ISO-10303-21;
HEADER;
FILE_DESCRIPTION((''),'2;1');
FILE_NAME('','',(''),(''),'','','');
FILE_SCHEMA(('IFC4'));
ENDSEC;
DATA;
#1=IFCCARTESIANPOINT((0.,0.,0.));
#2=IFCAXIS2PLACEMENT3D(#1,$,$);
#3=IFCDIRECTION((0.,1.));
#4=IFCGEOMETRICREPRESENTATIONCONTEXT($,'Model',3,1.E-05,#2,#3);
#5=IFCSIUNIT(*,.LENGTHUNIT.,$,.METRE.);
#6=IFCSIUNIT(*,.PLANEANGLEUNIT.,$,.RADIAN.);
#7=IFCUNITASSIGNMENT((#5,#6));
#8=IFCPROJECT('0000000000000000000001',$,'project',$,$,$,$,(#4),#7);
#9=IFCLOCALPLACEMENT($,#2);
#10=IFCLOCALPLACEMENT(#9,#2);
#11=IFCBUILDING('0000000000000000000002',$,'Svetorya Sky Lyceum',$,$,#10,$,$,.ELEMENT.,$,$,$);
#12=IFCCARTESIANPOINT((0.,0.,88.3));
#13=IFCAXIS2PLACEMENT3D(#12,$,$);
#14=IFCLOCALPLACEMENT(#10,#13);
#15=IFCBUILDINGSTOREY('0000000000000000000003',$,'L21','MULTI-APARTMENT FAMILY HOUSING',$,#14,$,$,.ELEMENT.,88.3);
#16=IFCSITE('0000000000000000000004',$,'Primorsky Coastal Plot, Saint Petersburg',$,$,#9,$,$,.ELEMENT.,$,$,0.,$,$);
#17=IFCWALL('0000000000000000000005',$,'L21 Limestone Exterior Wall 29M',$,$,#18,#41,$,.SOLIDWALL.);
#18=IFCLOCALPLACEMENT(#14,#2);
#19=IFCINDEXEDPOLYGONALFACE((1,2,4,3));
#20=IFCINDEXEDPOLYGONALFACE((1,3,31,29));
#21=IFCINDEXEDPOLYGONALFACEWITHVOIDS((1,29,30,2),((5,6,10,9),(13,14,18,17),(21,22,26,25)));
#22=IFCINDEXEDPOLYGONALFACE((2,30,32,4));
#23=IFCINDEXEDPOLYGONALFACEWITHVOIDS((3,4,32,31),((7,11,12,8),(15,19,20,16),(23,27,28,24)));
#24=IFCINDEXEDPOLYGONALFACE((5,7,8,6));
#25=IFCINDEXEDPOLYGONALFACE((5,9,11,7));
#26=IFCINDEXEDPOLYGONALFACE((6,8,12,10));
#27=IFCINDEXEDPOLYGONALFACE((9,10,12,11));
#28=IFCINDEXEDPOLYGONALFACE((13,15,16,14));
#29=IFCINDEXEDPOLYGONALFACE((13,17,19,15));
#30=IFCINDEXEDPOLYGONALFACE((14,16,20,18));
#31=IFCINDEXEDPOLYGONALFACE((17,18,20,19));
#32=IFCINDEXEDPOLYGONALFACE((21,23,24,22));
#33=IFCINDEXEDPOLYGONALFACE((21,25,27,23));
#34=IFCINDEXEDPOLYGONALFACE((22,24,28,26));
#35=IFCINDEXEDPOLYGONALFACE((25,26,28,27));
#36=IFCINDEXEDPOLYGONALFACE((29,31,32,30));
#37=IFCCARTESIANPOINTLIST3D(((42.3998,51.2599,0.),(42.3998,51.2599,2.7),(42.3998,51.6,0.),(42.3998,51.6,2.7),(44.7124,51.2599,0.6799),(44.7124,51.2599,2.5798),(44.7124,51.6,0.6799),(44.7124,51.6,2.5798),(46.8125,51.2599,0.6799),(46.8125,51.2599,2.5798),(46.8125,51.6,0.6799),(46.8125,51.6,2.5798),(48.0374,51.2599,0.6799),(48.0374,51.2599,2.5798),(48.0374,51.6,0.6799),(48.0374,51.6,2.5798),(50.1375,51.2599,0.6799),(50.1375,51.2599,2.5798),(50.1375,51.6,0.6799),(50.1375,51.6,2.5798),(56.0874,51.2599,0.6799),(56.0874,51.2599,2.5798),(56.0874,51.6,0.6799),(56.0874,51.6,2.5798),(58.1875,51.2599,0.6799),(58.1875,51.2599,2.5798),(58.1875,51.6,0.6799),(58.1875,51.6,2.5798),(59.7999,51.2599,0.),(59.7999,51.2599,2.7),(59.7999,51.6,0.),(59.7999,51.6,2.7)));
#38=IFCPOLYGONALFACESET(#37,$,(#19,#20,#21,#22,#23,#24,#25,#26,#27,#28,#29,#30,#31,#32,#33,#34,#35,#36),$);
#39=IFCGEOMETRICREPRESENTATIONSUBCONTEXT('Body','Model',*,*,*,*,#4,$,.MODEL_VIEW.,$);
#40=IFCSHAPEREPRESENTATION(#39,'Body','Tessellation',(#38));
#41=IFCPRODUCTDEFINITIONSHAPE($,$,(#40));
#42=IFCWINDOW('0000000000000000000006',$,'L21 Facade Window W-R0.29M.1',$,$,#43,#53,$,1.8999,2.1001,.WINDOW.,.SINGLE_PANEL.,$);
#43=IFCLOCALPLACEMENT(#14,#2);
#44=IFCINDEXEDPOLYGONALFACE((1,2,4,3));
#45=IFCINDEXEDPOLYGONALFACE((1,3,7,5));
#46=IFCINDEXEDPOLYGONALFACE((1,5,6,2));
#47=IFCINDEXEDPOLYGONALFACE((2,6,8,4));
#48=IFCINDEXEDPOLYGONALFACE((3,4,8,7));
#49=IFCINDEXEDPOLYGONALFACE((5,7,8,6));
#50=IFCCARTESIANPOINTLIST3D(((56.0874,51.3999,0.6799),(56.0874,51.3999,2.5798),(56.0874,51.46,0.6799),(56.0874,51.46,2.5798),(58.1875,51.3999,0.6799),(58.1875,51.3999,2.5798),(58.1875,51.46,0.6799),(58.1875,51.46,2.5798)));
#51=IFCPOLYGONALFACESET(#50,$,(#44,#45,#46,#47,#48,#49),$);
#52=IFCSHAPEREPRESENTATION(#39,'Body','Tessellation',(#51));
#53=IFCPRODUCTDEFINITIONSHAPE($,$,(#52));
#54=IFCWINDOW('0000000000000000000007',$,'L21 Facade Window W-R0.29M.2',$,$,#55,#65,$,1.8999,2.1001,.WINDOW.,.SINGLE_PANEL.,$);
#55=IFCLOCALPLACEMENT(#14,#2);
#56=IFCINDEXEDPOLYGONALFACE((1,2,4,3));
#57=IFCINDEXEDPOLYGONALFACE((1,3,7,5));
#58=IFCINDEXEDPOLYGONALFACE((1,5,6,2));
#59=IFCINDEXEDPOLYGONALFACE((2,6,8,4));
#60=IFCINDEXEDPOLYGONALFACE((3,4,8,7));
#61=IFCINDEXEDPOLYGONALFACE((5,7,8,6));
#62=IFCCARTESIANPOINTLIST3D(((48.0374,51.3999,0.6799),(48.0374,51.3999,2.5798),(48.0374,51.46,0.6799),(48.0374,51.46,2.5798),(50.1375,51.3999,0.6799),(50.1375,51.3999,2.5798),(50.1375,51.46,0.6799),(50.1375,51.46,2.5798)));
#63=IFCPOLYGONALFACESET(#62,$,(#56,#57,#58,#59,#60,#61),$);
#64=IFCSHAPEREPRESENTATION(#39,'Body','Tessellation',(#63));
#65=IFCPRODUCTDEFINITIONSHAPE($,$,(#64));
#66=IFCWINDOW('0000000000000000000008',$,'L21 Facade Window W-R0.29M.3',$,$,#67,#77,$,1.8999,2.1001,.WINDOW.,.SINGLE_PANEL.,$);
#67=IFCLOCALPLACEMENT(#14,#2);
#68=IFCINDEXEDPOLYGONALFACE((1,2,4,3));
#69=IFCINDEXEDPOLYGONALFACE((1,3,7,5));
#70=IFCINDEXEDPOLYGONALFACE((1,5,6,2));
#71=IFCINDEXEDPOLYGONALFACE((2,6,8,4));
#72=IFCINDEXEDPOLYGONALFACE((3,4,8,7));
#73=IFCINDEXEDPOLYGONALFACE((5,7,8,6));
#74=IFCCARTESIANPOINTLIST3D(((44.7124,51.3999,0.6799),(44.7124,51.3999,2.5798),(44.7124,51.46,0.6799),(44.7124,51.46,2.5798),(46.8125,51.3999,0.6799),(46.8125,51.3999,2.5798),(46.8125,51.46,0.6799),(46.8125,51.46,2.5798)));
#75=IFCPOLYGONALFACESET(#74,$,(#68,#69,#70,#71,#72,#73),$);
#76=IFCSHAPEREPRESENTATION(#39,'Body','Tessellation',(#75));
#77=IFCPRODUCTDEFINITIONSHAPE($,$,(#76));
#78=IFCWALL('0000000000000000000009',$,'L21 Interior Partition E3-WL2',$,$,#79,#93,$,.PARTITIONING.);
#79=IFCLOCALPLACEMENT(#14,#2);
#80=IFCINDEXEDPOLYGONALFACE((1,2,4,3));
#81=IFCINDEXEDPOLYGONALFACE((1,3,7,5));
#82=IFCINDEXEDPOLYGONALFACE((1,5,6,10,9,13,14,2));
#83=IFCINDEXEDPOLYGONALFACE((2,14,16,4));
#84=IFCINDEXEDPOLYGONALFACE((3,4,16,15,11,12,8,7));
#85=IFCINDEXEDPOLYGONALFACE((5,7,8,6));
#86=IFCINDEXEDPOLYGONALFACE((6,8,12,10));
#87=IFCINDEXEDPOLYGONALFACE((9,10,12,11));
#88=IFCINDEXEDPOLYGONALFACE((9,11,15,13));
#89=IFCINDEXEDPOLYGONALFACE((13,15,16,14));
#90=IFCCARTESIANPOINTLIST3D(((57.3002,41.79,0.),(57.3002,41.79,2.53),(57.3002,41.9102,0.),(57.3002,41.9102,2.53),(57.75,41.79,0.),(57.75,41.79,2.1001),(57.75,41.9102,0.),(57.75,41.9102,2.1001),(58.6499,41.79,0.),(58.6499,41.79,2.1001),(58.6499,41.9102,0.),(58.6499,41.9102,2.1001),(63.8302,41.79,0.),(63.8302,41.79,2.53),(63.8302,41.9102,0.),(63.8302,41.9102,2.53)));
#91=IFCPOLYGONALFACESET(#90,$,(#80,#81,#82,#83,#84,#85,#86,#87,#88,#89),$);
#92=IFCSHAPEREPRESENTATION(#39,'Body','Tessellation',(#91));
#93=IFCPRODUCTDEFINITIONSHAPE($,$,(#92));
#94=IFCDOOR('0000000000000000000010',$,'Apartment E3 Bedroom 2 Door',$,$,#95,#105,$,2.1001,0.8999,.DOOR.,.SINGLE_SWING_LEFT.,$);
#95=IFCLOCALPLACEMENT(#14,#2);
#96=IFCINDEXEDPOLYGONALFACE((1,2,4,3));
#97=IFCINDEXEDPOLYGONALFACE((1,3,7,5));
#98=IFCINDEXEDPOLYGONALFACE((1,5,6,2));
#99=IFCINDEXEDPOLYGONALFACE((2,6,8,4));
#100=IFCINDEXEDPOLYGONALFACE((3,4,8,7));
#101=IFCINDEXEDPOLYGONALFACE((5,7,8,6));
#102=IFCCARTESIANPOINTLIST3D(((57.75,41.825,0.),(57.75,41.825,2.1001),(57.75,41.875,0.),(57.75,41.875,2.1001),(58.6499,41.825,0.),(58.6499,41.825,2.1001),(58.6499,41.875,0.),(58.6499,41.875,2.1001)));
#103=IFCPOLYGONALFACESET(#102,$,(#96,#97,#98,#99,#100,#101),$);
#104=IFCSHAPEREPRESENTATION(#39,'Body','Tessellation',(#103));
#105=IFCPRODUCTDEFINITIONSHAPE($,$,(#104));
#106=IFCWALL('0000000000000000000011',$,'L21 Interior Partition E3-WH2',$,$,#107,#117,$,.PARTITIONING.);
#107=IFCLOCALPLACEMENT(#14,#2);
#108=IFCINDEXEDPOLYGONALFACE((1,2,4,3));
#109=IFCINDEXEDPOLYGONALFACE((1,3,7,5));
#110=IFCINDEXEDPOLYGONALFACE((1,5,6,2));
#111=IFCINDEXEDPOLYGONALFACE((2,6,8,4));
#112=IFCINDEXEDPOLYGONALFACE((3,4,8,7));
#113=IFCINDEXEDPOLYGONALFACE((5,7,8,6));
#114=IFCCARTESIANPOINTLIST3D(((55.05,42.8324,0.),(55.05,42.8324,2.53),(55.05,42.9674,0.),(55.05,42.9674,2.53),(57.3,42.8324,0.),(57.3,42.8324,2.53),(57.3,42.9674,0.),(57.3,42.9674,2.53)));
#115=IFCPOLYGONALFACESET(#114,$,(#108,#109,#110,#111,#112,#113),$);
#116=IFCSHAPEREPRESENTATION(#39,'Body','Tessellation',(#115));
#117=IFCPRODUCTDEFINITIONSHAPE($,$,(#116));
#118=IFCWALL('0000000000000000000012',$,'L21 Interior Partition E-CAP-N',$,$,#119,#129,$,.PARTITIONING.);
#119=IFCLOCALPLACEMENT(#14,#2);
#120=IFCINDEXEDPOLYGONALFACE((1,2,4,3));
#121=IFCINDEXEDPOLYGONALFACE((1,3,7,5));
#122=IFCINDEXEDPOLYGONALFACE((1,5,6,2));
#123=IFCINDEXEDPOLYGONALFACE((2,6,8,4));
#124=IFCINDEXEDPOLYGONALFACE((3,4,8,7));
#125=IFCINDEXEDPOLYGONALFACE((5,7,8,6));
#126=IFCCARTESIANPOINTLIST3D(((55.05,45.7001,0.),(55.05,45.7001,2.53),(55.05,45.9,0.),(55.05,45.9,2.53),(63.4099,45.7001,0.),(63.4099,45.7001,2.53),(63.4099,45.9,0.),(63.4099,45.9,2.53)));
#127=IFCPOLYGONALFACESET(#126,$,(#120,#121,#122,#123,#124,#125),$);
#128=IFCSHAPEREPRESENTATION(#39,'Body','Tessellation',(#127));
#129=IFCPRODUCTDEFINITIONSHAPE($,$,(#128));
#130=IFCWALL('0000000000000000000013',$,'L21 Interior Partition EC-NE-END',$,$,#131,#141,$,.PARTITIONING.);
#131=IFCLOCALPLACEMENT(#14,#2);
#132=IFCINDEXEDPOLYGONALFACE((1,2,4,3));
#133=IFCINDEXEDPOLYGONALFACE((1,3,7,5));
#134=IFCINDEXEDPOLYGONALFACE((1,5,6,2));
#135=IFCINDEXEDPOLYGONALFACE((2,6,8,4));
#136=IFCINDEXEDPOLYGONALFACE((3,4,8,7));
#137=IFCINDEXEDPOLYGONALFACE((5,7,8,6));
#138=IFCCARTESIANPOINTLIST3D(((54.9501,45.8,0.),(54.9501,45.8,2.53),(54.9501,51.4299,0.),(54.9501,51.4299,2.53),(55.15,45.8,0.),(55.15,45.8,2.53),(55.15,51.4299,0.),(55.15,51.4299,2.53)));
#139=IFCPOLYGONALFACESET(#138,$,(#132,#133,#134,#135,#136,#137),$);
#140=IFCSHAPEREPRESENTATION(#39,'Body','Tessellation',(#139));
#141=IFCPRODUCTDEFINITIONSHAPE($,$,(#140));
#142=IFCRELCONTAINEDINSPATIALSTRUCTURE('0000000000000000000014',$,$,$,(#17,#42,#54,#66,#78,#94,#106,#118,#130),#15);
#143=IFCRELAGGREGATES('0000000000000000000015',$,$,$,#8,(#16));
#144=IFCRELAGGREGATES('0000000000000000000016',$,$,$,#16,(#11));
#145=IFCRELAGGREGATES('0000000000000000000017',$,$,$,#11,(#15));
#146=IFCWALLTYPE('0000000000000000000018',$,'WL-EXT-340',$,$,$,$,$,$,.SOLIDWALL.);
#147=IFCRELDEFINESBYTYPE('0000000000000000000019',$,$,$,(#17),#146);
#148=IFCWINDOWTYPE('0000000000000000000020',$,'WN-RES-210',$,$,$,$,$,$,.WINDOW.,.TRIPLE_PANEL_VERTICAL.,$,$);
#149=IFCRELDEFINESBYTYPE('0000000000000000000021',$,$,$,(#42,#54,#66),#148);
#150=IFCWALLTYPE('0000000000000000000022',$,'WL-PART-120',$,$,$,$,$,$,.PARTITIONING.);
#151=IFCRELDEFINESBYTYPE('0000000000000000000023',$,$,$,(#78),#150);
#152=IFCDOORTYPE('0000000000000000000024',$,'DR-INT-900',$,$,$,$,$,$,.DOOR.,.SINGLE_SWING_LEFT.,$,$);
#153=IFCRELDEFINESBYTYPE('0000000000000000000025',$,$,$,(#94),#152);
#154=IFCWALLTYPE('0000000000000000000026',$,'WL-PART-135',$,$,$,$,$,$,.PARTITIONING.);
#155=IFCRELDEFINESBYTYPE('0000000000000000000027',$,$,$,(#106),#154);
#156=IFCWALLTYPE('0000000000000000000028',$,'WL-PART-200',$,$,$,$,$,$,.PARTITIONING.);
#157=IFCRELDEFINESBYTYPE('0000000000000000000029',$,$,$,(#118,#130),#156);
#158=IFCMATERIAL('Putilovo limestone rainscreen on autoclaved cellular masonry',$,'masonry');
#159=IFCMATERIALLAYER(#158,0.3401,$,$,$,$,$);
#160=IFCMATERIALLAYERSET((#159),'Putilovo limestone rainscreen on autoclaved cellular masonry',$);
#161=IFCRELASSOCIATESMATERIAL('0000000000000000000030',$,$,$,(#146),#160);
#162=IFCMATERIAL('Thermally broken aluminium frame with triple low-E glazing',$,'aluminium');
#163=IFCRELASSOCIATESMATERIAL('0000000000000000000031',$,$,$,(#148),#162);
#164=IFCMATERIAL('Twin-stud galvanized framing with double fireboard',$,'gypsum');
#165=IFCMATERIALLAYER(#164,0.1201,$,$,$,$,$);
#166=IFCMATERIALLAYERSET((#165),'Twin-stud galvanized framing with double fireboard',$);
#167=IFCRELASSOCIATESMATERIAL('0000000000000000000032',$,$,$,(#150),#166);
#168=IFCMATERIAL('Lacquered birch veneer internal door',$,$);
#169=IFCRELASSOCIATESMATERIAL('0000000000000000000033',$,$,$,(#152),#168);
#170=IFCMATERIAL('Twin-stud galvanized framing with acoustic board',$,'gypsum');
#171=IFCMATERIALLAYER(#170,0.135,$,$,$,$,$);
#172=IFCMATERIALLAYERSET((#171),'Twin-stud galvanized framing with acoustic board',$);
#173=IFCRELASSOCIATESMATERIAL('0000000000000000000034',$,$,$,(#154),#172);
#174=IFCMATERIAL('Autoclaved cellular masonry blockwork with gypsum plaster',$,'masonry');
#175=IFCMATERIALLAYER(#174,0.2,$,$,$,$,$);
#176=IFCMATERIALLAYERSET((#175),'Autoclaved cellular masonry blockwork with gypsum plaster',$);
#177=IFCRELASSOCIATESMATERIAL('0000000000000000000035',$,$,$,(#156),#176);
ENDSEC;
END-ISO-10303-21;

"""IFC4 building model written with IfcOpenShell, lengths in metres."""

from ifc_helpers import new_model, si_unit, direction, frame, frame_2d, origin, place, context, subcontext, project, spatial, rectangle, extrude, material, layer, layer_set, type_object, element, fill, save


model = new_model("IFC4")

# Units and contexts
model_context = context("Model", 3, precision=1e-05, world=origin(), true_north=direction((0.0, 1.0)))
body_context = subcontext(model_context, "Body", "Model", "MODEL_VIEW")
ifc_project = project(units=[si_unit("LENGTHUNIT", "METRE"), si_unit("PLANEANGLEUNIT", "RADIAN")], contexts=[model_context])

# Site, building, storey
site_placement = place(None, origin())
site = spatial("IfcSite", under=ifc_project, at=site_placement, Name="Primorsky Coastal Plot, Saint Petersburg", CompositionType="ELEMENT", RefElevation=0.0)
building_placement = place(site_placement, origin())
building = spatial("IfcBuilding", under=site, at=building_placement, Name="Svetorya Sky Lyceum", CompositionType="ELEMENT")
storey_placement = place(building_placement, frame((0.0, 0.0, 88.3)))
storey = spatial("IfcBuildingStorey", under=building, at=storey_placement, Name="L21", Description="MULTI-APARTMENT FAMILY HOUSING", CompositionType="ELEMENT", Elevation=88.3)

# Shared definitions
ifc_material_1 = material(Name="Putilovo limestone rainscreen on autoclaved cellular masonry", Category="masonry")
ifc_layer_1 = layer(ifc_material_1, 0.3401)
ifc_layer_set_1 = layer_set([ifc_layer_1], Name="Putilovo limestone rainscreen on autoclaved cellular masonry")
wall_type_1 = type_object("IfcWallType", Name="WL-EXT-340", PredefinedType="SOLIDWALL", material=ifc_layer_set_1)

# Wall, openings, windows
wall_1_placement = place(storey_placement, frame((59.8, 51.4299, 0.0), z_axis=(0.0, 0.0, 1.0), x_axis=(-1.0, 0.0, 0.0)))
wall_1 = element("IfcWall", 1, at=wall_1_placement, inside=storey, type_object=wall_type_1, Name="L21 Limestone Exterior Wall 29M", PredefinedType="SOLIDWALL", context=body_context, shape_type="SweptSolid", body=[
    extrude(rectangle(XDim=17.4001, YDim=0.3401, at=frame_2d((8.7002, 0.0))), origin(), (0.0, 0.0, 1.0), 2.7),
])
opening_1_placement = place(wall_1_placement, frame((1.6125, 0.0, 0.6799)))
opening_1 = element("IfcOpeningElement", 2, at=opening_1_placement, cuts=wall_1, PredefinedType="OPENING", context=body_context, shape_type="SweptSolid", body=[
    extrude(rectangle(XDim=2.1001, YDim=1.8999, at=frame_2d((1.05, 0.95))), frame((0.0, 0.1799, 0.0), z_axis=(0.0, -1.0, 0.0), x_axis=(1.0, 0.0, 0.0)), (0.0, 0.0, 1.0), 0.3601),
])
opening_2_placement = place(wall_1_placement, frame((9.6626, 0.0, 0.6799)))
opening_2 = element("IfcOpeningElement", 3, at=opening_2_placement, cuts=wall_1, PredefinedType="OPENING", context=body_context, shape_type="SweptSolid", body=[
    extrude(rectangle(XDim=2.1001, YDim=1.8999, at=frame_2d((1.05, 0.95))), frame((0.0, 0.1799, 0.0), z_axis=(0.0, -1.0, 0.0), x_axis=(1.0, 0.0, 0.0)), (0.0, 0.0, 1.0), 0.3601),
])
opening_3_placement = place(wall_1_placement, frame((12.9875, 0.0, 0.6799)))
opening_3 = element("IfcOpeningElement", 4, at=opening_3_placement, cuts=wall_1, PredefinedType="OPENING", context=body_context, shape_type="SweptSolid", body=[
    extrude(rectangle(XDim=2.1001, YDim=1.8999, at=frame_2d((1.05, 0.95))), frame((0.0, 0.1799, 0.0), z_axis=(0.0, -1.0, 0.0), x_axis=(1.0, 0.0, 0.0)), (0.0, 0.0, 1.0), 0.3601),
])
ifc_material_2 = material(Name="Thermally broken aluminium frame with triple low-E glazing", Category="aluminium")
window_type = type_object("IfcWindowType", Name="WN-RES-210", PartitioningType="TRIPLE_PANEL_VERTICAL", PredefinedType="WINDOW", material=ifc_material_2)
window_1_placement = place(opening_1_placement, origin())
window_1 = element("IfcWindow", 5, at=window_1_placement, inside=storey, type_object=window_type, Name="L21 Facade Window W-R0.29M.1", OverallHeight=1.8999, OverallWidth=2.1001, PartitioningType="SINGLE_PANEL", PredefinedType="WINDOW", context=body_context, shape_type="SweptSolid", body=[
    extrude(rectangle(XDim=2.1001, YDim=1.8999, at=frame_2d((1.05, 0.95))), frame((0.0, 0.03, 0.0), z_axis=(0.0, -1.0, 0.0), x_axis=(1.0, 0.0, 0.0)), (0.0, 0.0, 1.0), 0.0601),
])
fill(opening_1, window_1)
window_2_placement = place(opening_2_placement, origin())
window_2 = element("IfcWindow", 6, at=window_2_placement, inside=storey, type_object=window_type, Name="L21 Facade Window W-R0.29M.2", OverallHeight=1.8999, OverallWidth=2.1001, PartitioningType="SINGLE_PANEL", PredefinedType="WINDOW", context=body_context, shape_type="SweptSolid", body=[
    extrude(rectangle(XDim=2.1001, YDim=1.8999, at=frame_2d((1.05, 0.95))), frame((0.0, 0.03, 0.0), z_axis=(0.0, -1.0, 0.0), x_axis=(1.0, 0.0, 0.0)), (0.0, 0.0, 1.0), 0.0601),
])
fill(opening_2, window_2)
window_3_placement = place(opening_3_placement, origin())
window_3 = element("IfcWindow", 7, at=window_3_placement, inside=storey, type_object=window_type, Name="L21 Facade Window W-R0.29M.3", OverallHeight=1.8999, OverallWidth=2.1001, PartitioningType="SINGLE_PANEL", PredefinedType="WINDOW", context=body_context, shape_type="SweptSolid", body=[
    extrude(rectangle(XDim=2.1001, YDim=1.8999, at=frame_2d((1.05, 0.95))), frame((0.0, 0.03, 0.0), z_axis=(0.0, -1.0, 0.0), x_axis=(1.0, 0.0, 0.0)), (0.0, 0.0, 1.0), 0.0601),
])
fill(opening_3, window_3)

# Wall, opening, door
ifc_material_3 = material(Name="Twin-stud galvanized framing with double fireboard", Category="gypsum")
ifc_layer_2 = layer(ifc_material_3, 0.1201)
ifc_layer_set_2 = layer_set([ifc_layer_2], Name="Twin-stud galvanized framing with double fireboard")
wall_type_2 = type_object("IfcWallType", Name="WL-PART-120", PredefinedType="PARTITIONING", material=ifc_layer_set_2)
wall_2_placement = place(storey_placement, frame((57.3, 41.8501, 0.0), z_axis=(0.0, 0.0, 1.0), x_axis=(1.0, 0.0, 0.0)))
wall_2 = element("IfcWall", 8, at=wall_2_placement, inside=storey, type_object=wall_type_2, Name="L21 Interior Partition E3-WL2", PredefinedType="PARTITIONING", context=body_context, shape_type="SweptSolid", body=[
    extrude(rectangle(XDim=6.53, YDim=0.1201, at=frame_2d((3.2651, 0.0))), origin(), (0.0, 0.0, 1.0), 2.53),
])
opening_4_placement = place(wall_2_placement, frame((0.45, 0.0, 0.0)))
opening_4 = element("IfcOpeningElement", 9, at=opening_4_placement, cuts=wall_2, PredefinedType="OPENING", context=body_context, shape_type="SweptSolid", body=[
    extrude(rectangle(XDim=0.8999, YDim=2.1001, at=frame_2d((0.45, 1.05))), frame((0.0, 0.0701, 0.0), z_axis=(0.0, -1.0, 0.0), x_axis=(1.0, 0.0, 0.0)), (0.0, 0.0, 1.0), 0.1401),
])
ifc_material_4 = material(Name="Lacquered birch veneer internal door")
door_type = type_object("IfcDoorType", Name="DR-INT-900", OperationType="SINGLE_SWING_LEFT", PredefinedType="DOOR", material=ifc_material_4)
door_1_placement = place(opening_4_placement, origin())
door_1 = element("IfcDoor", 10, at=door_1_placement, inside=storey, type_object=door_type, Name="Apartment E3 Bedroom 2 Door", OperationType="SINGLE_SWING_LEFT", OverallHeight=2.1001, OverallWidth=0.8999, PredefinedType="DOOR", context=body_context, shape_type="SweptSolid", body=[
    extrude(rectangle(XDim=0.8999, YDim=2.1001, at=frame_2d((0.45, 1.05))), frame((0.0, 0.0249, 0.0), z_axis=(0.0, -1.0, 0.0), x_axis=(1.0, 0.0, 0.0)), (0.0, 0.0, 1.0), 0.05),
])
fill(opening_4, door_1)

# Walls
ifc_material_5 = material(Name="Twin-stud galvanized framing with acoustic board", Category="gypsum")
ifc_layer_3 = layer(ifc_material_5, 0.135)
ifc_layer_set_3 = layer_set([ifc_layer_3], Name="Twin-stud galvanized framing with acoustic board")
wall_type_3 = type_object("IfcWallType", Name="WL-PART-135", PredefinedType="PARTITIONING", material=ifc_layer_set_3)
wall_3_placement = place(storey_placement, frame((55.05, 42.8999, 0.0), z_axis=(0.0, 0.0, 1.0), x_axis=(1.0, 0.0, 0.0)))
element("IfcWall", 11, at=wall_3_placement, inside=storey, type_object=wall_type_3, Name="L21 Interior Partition E3-WH2", PredefinedType="PARTITIONING", context=body_context, shape_type="SweptSolid", body=[
    extrude(rectangle(XDim=2.25, YDim=0.135, at=frame_2d((1.125, 0.0))), origin(), (0.0, 0.0, 1.0), 2.53),
])
ifc_material_6 = material(Name="Autoclaved cellular masonry blockwork with gypsum plaster", Category="masonry")
ifc_layer_4 = layer(ifc_material_6, 0.2)
ifc_layer_set_4 = layer_set([ifc_layer_4], Name="Autoclaved cellular masonry blockwork with gypsum plaster")
wall_type_4 = type_object("IfcWallType", Name="WL-PART-200", PredefinedType="PARTITIONING", material=ifc_layer_set_4)
wall_4_placement = place(storey_placement, frame((55.05, 45.8, 0.0), z_axis=(0.0, 0.0, 1.0), x_axis=(1.0, 0.0, 0.0)))
element("IfcWall", 12, at=wall_4_placement, inside=storey, type_object=wall_type_4, Name="L21 Interior Partition E-CAP-N", PredefinedType="PARTITIONING", context=body_context, shape_type="SweptSolid", body=[
    extrude(rectangle(XDim=8.3599, YDim=0.2, at=frame_2d((4.1799, 0.0))), origin(), (0.0, 0.0, 1.0), 2.53),
])
wall_5_placement = place(storey_placement, frame((55.05, 45.8, 0.0), z_axis=(0.0, 0.0, 1.0), x_axis=(0.0, 1.0, 0.0)))
element("IfcWall", 13, at=wall_5_placement, inside=storey, type_object=wall_type_4, Name="L21 Interior Partition EC-NE-END", PredefinedType="PARTITIONING", context=body_context, shape_type="SweptSolid", body=[
    extrude(rectangle(XDim=5.6299, YDim=0.2, at=frame_2d((2.8149, 0.0))), origin(), (0.0, 0.0, 1.0), 2.53),
])

save(model, "model.ifc")
